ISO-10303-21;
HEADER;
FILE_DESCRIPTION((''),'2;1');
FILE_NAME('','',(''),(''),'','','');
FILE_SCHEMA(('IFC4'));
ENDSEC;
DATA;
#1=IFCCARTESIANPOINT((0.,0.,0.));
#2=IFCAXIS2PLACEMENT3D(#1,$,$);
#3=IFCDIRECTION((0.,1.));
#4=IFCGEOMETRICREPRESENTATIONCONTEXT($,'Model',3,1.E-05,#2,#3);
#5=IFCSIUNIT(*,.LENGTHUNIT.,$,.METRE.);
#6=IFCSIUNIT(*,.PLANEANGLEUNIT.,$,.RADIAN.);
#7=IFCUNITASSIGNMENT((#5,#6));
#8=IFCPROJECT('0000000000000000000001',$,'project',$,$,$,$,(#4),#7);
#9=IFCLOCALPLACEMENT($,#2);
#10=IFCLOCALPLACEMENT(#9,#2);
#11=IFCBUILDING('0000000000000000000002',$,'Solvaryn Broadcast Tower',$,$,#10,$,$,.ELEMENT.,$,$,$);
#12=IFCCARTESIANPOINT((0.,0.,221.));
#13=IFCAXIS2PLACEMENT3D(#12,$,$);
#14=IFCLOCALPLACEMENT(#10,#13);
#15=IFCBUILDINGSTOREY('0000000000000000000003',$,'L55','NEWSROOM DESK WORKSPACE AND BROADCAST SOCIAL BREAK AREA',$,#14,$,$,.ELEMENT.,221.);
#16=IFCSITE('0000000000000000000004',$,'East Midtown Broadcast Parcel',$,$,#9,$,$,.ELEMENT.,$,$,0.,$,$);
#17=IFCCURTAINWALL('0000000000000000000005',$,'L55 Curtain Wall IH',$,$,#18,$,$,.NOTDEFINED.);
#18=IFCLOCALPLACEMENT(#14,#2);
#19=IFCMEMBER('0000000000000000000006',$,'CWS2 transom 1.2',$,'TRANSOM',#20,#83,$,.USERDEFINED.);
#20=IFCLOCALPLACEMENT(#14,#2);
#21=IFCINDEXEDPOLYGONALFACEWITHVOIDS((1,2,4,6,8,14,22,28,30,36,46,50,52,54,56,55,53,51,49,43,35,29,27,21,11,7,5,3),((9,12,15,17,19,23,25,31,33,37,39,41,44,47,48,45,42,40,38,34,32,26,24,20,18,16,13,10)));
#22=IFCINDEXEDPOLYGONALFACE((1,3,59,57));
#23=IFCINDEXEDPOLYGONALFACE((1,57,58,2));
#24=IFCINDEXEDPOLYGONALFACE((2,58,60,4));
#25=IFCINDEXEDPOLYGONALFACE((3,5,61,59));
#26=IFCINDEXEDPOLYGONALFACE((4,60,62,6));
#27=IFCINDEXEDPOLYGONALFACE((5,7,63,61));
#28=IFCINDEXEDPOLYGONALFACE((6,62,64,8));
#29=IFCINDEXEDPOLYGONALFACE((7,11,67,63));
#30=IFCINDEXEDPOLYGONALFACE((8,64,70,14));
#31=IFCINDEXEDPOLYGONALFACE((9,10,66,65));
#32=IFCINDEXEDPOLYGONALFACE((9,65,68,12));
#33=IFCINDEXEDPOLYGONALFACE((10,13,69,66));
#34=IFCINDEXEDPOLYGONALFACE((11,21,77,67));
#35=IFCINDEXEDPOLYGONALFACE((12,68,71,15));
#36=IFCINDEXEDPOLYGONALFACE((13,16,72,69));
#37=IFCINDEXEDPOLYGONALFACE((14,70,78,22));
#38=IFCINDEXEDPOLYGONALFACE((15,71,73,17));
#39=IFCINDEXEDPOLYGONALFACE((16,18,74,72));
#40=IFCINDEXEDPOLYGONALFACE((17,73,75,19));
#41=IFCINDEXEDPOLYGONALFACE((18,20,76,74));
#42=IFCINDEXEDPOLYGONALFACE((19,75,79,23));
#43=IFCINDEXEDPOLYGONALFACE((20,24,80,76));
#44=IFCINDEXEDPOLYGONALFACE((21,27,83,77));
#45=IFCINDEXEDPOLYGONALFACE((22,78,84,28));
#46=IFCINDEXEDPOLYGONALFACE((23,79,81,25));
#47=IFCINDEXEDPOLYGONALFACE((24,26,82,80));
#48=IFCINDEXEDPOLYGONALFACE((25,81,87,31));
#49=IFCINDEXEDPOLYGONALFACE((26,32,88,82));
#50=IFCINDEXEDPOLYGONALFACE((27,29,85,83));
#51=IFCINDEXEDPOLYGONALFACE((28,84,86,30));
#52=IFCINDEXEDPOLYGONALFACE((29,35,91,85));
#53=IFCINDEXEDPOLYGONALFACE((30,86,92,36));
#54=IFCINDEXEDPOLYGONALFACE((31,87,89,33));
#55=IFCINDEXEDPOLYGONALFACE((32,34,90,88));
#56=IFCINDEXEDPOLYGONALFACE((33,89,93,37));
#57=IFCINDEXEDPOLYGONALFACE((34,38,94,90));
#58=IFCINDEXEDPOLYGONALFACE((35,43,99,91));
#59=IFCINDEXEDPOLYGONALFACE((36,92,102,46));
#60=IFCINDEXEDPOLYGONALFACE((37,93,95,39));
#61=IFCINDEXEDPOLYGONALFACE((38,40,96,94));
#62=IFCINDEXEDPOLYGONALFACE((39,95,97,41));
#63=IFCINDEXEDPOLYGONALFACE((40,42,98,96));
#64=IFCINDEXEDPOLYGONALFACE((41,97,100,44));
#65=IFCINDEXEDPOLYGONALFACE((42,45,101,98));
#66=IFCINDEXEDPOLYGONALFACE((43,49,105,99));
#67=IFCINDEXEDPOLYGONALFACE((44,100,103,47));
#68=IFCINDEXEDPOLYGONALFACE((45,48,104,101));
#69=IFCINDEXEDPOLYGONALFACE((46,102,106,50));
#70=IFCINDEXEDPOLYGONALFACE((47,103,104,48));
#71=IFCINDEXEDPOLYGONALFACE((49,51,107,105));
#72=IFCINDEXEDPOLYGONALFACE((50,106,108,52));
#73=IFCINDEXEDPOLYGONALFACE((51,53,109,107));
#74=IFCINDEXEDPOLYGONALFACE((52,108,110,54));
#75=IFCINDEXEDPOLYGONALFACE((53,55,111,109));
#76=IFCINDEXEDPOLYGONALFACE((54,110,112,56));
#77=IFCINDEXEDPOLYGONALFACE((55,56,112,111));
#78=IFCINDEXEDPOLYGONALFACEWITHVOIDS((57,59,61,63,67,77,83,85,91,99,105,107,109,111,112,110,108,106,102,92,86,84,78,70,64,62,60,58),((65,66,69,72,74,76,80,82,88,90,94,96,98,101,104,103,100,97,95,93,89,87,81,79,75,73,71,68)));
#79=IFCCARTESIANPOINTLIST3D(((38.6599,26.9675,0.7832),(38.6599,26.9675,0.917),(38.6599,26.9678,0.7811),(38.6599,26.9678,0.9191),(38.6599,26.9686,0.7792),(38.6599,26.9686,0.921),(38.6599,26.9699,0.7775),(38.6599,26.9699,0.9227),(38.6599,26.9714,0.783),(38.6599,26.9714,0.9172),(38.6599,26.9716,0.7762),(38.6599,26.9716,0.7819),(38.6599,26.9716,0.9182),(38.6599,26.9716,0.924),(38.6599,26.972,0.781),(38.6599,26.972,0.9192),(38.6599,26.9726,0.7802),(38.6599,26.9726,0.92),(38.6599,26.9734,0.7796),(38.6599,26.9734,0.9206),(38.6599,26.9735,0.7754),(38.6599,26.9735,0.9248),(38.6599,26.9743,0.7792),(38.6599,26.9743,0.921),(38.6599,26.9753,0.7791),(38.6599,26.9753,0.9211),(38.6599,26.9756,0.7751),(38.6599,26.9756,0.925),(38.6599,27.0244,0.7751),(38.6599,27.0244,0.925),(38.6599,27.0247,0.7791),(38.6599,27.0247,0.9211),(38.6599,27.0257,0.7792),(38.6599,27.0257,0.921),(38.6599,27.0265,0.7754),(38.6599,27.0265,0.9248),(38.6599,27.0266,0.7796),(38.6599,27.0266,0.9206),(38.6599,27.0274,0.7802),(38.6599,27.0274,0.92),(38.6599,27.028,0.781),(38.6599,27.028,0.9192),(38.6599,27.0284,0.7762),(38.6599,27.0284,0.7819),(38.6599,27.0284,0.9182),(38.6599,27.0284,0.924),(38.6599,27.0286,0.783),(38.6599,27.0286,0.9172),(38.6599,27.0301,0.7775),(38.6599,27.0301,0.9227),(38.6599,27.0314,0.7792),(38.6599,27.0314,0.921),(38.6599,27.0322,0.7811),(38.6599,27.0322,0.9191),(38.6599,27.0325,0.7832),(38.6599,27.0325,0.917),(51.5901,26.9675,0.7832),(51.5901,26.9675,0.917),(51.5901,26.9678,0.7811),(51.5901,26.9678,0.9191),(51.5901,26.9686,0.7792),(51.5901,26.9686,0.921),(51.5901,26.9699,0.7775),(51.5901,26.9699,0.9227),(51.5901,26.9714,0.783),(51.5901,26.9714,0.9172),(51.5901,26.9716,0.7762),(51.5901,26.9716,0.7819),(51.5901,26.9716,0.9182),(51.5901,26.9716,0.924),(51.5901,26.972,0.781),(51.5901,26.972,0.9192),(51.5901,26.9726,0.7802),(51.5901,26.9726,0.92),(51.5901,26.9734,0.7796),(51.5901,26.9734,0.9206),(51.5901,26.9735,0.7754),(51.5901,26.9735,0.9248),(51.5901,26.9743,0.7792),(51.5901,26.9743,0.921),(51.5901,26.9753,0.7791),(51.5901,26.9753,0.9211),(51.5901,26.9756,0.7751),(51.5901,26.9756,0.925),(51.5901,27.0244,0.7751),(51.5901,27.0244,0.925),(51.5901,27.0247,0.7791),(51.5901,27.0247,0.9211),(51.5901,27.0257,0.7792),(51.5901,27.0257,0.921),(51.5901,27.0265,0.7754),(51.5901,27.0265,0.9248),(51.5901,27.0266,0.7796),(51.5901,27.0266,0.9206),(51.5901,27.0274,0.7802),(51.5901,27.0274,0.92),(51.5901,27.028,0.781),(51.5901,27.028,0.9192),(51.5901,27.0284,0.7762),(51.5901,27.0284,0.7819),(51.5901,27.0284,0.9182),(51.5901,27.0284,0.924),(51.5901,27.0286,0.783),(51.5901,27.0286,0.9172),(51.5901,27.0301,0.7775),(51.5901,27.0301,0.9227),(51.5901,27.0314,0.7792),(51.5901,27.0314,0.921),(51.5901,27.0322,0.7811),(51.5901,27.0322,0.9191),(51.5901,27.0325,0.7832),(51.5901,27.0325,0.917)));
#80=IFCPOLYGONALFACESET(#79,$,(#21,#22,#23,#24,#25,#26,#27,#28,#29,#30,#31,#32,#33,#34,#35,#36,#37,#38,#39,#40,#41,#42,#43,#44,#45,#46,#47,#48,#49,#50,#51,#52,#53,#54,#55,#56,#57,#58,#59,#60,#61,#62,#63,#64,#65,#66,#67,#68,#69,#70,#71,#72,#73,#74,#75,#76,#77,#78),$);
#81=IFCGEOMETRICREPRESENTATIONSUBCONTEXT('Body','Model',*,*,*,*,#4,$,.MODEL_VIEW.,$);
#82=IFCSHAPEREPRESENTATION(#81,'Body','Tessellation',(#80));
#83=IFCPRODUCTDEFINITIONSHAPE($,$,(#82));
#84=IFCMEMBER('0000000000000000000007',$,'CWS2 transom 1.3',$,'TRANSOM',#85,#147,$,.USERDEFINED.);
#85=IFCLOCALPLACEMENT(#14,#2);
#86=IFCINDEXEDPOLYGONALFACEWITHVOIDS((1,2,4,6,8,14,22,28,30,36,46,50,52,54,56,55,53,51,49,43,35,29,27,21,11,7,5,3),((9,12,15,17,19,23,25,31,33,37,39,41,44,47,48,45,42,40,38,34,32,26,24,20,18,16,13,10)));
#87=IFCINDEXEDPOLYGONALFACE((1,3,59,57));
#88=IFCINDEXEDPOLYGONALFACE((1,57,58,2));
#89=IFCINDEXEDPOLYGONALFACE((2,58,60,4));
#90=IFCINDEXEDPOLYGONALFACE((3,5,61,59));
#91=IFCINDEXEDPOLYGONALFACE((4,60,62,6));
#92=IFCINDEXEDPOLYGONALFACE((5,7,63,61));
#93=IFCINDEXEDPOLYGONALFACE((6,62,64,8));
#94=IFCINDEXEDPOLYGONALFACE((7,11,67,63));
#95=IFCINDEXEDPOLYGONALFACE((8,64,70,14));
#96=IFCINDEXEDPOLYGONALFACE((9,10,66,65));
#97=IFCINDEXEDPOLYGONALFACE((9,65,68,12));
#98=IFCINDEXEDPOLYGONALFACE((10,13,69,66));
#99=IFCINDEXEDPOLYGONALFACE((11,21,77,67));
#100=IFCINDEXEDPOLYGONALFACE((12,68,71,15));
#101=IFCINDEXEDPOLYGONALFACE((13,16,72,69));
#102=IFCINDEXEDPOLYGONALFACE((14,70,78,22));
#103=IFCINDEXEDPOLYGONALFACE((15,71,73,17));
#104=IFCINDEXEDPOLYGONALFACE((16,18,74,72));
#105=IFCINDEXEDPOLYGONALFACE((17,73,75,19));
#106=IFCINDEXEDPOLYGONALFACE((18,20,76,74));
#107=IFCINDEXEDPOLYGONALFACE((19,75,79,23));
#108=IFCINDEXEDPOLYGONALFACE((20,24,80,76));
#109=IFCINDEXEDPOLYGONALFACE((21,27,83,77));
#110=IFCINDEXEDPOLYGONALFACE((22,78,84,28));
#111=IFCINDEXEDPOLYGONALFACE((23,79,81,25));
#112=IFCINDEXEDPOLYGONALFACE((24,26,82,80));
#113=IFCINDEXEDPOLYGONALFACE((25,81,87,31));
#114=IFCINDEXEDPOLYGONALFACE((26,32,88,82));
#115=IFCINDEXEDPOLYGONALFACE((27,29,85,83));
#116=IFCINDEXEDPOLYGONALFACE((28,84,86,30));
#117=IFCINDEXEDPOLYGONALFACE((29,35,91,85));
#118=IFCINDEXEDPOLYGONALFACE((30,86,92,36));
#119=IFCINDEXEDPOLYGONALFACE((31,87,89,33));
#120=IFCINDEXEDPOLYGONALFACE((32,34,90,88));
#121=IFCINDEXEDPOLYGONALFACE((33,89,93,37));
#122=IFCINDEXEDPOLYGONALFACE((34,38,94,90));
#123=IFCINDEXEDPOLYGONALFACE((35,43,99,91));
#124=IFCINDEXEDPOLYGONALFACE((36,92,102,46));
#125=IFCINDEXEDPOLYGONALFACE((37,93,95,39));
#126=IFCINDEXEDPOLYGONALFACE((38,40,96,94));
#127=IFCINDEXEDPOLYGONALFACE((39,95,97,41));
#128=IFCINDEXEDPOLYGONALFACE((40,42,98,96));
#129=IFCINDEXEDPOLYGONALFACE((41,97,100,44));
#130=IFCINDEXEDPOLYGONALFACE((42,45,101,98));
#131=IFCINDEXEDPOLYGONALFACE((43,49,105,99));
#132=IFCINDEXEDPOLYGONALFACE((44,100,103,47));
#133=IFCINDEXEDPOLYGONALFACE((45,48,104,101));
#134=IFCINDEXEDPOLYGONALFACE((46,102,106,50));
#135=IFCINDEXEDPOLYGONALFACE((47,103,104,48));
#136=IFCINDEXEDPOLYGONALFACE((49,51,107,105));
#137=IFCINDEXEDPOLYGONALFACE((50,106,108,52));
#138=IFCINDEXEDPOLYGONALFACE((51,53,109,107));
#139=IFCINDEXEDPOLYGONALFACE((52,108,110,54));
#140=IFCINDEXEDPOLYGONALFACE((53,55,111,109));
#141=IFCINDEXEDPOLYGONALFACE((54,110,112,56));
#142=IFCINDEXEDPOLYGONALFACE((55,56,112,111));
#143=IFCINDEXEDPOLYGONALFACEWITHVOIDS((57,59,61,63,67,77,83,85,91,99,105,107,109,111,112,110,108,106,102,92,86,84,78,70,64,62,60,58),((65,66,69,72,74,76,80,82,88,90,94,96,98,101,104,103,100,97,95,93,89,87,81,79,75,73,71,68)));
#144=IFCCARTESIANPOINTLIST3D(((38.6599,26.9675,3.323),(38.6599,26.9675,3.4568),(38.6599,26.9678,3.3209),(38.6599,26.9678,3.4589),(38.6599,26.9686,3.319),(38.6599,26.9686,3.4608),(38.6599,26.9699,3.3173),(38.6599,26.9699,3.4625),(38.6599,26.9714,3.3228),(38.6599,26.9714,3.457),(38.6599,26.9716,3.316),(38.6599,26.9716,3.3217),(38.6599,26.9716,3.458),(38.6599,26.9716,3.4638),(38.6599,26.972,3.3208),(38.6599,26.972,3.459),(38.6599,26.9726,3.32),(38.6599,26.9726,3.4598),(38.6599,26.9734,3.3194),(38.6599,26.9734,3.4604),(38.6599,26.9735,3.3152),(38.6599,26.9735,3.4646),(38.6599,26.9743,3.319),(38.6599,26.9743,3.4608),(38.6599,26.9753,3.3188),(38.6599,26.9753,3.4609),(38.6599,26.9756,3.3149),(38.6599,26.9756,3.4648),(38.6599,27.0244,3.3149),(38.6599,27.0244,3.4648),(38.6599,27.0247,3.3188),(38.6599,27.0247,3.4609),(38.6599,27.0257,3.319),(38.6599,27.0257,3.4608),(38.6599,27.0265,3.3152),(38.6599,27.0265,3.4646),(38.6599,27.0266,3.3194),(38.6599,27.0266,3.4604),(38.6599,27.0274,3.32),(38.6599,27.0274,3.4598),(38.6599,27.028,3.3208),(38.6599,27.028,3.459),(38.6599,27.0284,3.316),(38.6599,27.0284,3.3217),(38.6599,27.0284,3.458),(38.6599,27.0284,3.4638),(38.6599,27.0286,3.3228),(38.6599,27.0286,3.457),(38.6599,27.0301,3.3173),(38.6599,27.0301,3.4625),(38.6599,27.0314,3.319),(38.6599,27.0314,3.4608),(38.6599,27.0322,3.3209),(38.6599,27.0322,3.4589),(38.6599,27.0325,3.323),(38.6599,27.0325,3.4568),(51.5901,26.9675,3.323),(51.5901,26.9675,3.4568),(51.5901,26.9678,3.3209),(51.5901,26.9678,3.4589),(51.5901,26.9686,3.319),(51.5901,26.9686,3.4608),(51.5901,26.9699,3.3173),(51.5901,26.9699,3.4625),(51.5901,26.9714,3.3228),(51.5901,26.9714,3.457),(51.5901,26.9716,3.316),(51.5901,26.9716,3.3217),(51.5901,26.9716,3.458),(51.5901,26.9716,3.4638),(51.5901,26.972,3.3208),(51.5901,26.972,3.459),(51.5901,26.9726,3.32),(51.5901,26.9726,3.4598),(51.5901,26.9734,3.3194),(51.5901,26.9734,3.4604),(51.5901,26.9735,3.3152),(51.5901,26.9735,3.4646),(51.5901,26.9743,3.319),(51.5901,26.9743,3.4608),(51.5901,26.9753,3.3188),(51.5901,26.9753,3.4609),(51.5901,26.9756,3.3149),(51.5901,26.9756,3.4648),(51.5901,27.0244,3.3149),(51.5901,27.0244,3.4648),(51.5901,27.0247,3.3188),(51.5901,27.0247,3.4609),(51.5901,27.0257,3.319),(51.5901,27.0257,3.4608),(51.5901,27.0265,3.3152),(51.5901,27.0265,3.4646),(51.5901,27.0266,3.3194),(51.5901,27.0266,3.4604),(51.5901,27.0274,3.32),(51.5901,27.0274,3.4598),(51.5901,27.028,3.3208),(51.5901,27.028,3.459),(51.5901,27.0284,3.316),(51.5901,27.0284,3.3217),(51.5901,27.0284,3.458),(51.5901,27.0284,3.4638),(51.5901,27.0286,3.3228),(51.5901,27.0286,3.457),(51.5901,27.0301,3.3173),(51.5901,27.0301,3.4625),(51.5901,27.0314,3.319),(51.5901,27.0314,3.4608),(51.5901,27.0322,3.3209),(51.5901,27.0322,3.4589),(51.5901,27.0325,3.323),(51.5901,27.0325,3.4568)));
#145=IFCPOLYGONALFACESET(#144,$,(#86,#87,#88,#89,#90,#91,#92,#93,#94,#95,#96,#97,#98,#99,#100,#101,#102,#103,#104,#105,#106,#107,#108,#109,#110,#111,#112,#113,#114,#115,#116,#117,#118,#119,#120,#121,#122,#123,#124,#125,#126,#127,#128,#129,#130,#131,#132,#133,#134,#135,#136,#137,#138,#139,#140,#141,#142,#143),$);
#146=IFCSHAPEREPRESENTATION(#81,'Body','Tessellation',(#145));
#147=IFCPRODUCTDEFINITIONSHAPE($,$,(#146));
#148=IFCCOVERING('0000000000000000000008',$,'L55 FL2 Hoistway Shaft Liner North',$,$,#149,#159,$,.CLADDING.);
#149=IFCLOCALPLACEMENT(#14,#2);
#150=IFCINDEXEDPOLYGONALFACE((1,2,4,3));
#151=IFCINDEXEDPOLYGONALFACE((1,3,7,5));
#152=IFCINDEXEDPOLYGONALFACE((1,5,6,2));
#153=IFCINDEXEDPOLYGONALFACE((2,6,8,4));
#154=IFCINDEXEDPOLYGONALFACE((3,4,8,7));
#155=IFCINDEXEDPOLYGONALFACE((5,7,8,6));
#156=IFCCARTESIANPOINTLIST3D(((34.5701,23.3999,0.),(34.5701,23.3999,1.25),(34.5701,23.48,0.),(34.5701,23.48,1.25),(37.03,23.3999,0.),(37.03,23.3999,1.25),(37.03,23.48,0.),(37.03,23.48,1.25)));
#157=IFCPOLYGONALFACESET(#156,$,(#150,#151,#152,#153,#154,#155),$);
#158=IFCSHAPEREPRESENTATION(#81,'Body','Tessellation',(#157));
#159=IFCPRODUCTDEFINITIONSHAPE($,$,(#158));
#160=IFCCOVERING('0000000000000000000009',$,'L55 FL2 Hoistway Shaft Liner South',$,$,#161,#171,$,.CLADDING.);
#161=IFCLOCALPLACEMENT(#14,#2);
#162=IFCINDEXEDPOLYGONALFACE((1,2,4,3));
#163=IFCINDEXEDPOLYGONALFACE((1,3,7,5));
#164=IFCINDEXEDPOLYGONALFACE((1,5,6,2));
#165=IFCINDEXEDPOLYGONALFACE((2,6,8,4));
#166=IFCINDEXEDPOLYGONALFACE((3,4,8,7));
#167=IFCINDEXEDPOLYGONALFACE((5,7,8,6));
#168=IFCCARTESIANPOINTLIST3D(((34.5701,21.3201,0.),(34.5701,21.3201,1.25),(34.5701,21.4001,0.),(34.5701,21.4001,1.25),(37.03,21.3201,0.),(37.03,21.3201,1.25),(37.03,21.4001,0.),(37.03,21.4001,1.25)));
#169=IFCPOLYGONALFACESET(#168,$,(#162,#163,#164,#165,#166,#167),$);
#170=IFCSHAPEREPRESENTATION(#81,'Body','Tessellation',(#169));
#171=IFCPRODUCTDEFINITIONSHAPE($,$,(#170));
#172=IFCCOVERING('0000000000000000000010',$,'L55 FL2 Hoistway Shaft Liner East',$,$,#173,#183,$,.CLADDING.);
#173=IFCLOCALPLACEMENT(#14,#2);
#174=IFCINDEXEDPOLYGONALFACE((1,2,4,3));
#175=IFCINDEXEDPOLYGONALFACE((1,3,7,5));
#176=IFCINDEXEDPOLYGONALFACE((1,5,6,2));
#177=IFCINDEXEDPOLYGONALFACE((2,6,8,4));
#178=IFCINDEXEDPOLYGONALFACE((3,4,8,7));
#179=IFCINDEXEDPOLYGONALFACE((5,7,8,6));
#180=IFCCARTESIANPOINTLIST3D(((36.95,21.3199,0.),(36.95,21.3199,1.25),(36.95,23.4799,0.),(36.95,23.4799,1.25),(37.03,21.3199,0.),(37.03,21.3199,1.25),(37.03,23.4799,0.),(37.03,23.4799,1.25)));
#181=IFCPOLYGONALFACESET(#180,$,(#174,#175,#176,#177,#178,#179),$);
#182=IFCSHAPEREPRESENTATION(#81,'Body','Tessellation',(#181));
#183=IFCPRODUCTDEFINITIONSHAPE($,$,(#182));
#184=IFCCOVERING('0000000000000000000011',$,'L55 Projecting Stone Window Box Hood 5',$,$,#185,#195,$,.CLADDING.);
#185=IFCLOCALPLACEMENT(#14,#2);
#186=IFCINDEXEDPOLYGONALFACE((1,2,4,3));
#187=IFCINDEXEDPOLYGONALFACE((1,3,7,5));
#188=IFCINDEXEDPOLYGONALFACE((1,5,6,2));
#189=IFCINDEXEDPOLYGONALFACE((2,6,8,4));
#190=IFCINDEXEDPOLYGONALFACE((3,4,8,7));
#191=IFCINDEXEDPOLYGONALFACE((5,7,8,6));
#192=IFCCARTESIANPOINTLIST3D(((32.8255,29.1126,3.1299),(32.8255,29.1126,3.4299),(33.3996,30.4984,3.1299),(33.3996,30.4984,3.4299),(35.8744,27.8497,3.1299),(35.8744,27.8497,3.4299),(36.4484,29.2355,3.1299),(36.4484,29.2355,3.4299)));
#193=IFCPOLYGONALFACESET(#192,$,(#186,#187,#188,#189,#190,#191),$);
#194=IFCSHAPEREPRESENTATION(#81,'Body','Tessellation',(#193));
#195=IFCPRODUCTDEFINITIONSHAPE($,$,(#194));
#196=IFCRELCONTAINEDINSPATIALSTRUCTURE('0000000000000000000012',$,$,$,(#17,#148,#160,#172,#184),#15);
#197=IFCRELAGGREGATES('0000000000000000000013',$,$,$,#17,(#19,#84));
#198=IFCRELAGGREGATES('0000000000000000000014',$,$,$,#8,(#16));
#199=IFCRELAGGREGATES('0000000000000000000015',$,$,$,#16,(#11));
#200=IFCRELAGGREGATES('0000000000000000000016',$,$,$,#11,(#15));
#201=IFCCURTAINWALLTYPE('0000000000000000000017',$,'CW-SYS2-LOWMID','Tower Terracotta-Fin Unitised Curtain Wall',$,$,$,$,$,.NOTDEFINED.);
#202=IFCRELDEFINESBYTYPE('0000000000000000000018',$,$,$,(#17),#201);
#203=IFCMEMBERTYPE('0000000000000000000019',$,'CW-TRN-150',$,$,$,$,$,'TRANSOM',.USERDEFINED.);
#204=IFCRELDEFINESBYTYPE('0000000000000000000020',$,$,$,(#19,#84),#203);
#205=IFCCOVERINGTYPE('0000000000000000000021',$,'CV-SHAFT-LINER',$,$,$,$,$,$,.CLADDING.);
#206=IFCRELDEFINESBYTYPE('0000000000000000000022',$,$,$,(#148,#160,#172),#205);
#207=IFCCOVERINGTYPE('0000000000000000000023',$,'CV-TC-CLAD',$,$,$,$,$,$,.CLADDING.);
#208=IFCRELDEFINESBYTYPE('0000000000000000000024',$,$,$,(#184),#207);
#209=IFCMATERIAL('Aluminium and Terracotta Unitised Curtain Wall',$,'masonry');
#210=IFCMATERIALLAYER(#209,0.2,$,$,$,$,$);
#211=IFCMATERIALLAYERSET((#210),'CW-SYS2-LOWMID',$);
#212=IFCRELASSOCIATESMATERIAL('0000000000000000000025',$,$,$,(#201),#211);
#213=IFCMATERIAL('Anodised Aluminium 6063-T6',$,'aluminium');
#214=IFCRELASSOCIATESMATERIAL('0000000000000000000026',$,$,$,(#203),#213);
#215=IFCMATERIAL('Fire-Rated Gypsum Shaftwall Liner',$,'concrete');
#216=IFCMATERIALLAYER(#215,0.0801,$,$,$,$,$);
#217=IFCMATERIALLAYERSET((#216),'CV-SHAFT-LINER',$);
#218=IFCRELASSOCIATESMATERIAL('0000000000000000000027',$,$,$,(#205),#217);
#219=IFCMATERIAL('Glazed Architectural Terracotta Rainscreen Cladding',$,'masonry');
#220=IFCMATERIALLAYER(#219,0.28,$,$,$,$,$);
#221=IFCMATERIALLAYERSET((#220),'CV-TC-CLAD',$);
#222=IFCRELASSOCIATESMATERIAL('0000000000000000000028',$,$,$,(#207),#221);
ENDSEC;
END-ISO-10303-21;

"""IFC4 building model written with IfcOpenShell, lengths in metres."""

from ifc_helpers import new_model, si_unit, direction, frame, origin, origin_2d, place, context, subcontext, project, spatial, rectangle, hollow_rectangle, extrude, material, layer, layer_set, material_profile, profile_set, type_object, element, aggregate, save


model = new_model("IFC4")

# Units and contexts
model_context = context("Model", 3, precision=1e-05, world=origin(), true_north=direction((0.0, 1.0)))
body_context = subcontext(model_context, "Body", "Model", "MODEL_VIEW")
ifc_project = project(units=[si_unit("LENGTHUNIT", "METRE"), si_unit("PLANEANGLEUNIT", "RADIAN")], contexts=[model_context])

# Site, building, storey
site_placement = place(None, origin())
site = spatial("IfcSite", under=ifc_project, at=site_placement, Name="East Midtown Broadcast Parcel", CompositionType="ELEMENT", RefElevation=0.0)
building_placement = place(site_placement, origin())
building = spatial("IfcBuilding", under=site, at=building_placement, Name="Solvaryn Broadcast Tower", CompositionType="ELEMENT")
storey_placement = place(building_placement, frame((0.0, 0.0, 221.0)))
storey = spatial("IfcBuildingStorey", under=building, at=storey_placement, Name="L55", Description="NEWSROOM DESK WORKSPACE AND BROADCAST SOCIAL BREAK AREA", CompositionType="ELEMENT", Elevation=221.0)

# Curtain wall
ifc_material_1 = material(Name="Aluminium and Terracotta Unitised Curtain Wall", Category="masonry")
ifc_layer_1 = layer(ifc_material_1, 0.2)
ifc_layer_set_1 = layer_set([ifc_layer_1], Name="CW-SYS2-LOWMID")
curtain_wall_type = type_object("IfcCurtainWallType", Name="CW-SYS2-LOWMID", Description="Tower Terracotta-Fin Unitised Curtain Wall", PredefinedType="NOTDEFINED", material=ifc_layer_set_1)
curtain_wall_1_placement = place(storey_placement, origin())
curtain_wall_1 = element("IfcCurtainWall", 1, at=curtain_wall_1_placement, inside=storey, type_object=curtain_wall_type, Name="L55 Curtain Wall IH", PredefinedType="NOTDEFINED")

# Members
ifc_material_2 = material(Name="Anodised Aluminium 6063-T6", Category="aluminium")
ifc_material_profile_1 = material_profile(ifc_material_2, hollow_rectangle(XDim=0.0649, YDim=0.1499, WallThickness=0.0039, InnerFilletRadius=0.0039, OuterFilletRadius=0.0081, at=origin_2d()))
ifc_profile_set_1 = profile_set([ifc_material_profile_1], Name="Anodised Aluminium 6063-T6")
member_type_1 = type_object("IfcMemberType", Name="CW-TRN-150", ElementType="TRANSOM", PredefinedType="USERDEFINED", material=ifc_profile_set_1)
member_1_placement = place(storey_placement, frame((38.6599, 27.0, 0.8501), z_axis=(1.0, 0.0, 0.0), x_axis=(0.0, 1.0, 0.0)))
member_1 = element("IfcMember", 2, at=member_1_placement, type_object=member_type_1, Name="CWS2 transom 1.2", ObjectType="TRANSOM", PredefinedType="USERDEFINED", context=body_context, shape_type="SweptSolid", body=[
    extrude(hollow_rectangle(XDim=0.0649, YDim=0.1499, WallThickness=0.0039, InnerFilletRadius=0.0039, OuterFilletRadius=0.0081, at=origin_2d()), origin(), (0.0, 0.0, 1.0), 12.9302),
])
member_2_placement = place(storey_placement, frame((38.6599, 27.0, 3.3899), z_axis=(1.0, 0.0, 0.0), x_axis=(0.0, 1.0, 0.0)))
member_2 = element("IfcMember", 3, at=member_2_placement, type_object=member_type_1, Name="CWS2 transom 1.3", ObjectType="TRANSOM", PredefinedType="USERDEFINED", context=body_context, shape_type="SweptSolid", body=[
    extrude(hollow_rectangle(XDim=0.0649, YDim=0.1499, WallThickness=0.0039, InnerFilletRadius=0.0039, OuterFilletRadius=0.0081, at=origin_2d()), origin(), (0.0, 0.0, 1.0), 12.9302),
])
aggregate(curtain_wall_1, [member_1, member_2])

# Coverings
ifc_material_3 = material(Name="Fire-Rated Gypsum Shaftwall Liner", Category="concrete")
ifc_layer_2 = layer(ifc_material_3, 0.0801)
ifc_layer_set_2 = layer_set([ifc_layer_2], Name="CV-SHAFT-LINER")
covering_type_1 = type_object("IfcCoveringType", Name="CV-SHAFT-LINER", PredefinedType="CLADDING", material=ifc_layer_set_2)
for number, where, z_axis, x_axis, name in (
    (4, (35.8, 23.4399, 0.0), (0.0, 0.0, 1.0), (1.0, 0.0, 0.0), "L55 FL2 Hoistway Shaft Liner North"),
    (5, (35.8, 21.3601, 0.0), (0.0, 0.0, 1.0), (1.0, 0.0, 0.0), "L55 FL2 Hoistway Shaft Liner South"),
):
    element("IfcCovering", number, at=place(storey_placement, frame(where, z_axis=z_axis, x_axis=x_axis)), inside=storey, type_object=covering_type_1, Name=name, PredefinedType="CLADDING", context=body_context, shape_type="SweptSolid", body=[
        extrude(rectangle(XDim=2.46, YDim=0.0801, at=origin_2d()), origin(), (0.0, 0.0, 1.0), 1.25),
    ])
covering_1_placement = place(storey_placement, frame((36.99, 22.3999, 0.0), z_axis=(0.0, 0.0, 1.0), x_axis=(1.0, 0.0, 0.0)))
element("IfcCovering", 6, at=covering_1_placement, inside=storey, type_object=covering_type_1, Name="L55 FL2 Hoistway Shaft Liner East", PredefinedType="CLADDING", context=body_context, shape_type="SweptSolid", body=[
    extrude(rectangle(XDim=0.0801, YDim=2.1599, at=origin_2d()), origin(), (0.0, 0.0, 1.0), 1.25),
])
ifc_material_4 = material(Name="Glazed Architectural Terracotta Rainscreen Cladding", Category="masonry")
ifc_layer_3 = layer(ifc_material_4, 0.28)
ifc_layer_set_3 = layer_set([ifc_layer_3], Name="CV-TC-CLAD")
covering_type_2 = type_object("IfcCoveringType", Name="CV-TC-CLAD", PredefinedType="CLADDING", material=ifc_layer_set_3)
for number, where, z_axis, x_axis, name in (
    (7, (34.637, 29.1741, 3.1299), (0.0, 0.0, 1.0), (-0.92388, 0.382683, 0.0), "L55 Projecting Stone Window Box Hood 5"),
):
    element("IfcCovering", number, at=place(storey_placement, frame(where, z_axis=z_axis, x_axis=x_axis)), inside=storey, type_object=covering_type_2, Name=name, PredefinedType="CLADDING", context=body_context, shape_type="SweptSolid", body=[
        extrude(rectangle(XDim=3.3, YDim=1.5, at=origin_2d()), origin(), (0.0, 0.0, 1.0), 0.3),
    ])

save(model, "model.ifc")
